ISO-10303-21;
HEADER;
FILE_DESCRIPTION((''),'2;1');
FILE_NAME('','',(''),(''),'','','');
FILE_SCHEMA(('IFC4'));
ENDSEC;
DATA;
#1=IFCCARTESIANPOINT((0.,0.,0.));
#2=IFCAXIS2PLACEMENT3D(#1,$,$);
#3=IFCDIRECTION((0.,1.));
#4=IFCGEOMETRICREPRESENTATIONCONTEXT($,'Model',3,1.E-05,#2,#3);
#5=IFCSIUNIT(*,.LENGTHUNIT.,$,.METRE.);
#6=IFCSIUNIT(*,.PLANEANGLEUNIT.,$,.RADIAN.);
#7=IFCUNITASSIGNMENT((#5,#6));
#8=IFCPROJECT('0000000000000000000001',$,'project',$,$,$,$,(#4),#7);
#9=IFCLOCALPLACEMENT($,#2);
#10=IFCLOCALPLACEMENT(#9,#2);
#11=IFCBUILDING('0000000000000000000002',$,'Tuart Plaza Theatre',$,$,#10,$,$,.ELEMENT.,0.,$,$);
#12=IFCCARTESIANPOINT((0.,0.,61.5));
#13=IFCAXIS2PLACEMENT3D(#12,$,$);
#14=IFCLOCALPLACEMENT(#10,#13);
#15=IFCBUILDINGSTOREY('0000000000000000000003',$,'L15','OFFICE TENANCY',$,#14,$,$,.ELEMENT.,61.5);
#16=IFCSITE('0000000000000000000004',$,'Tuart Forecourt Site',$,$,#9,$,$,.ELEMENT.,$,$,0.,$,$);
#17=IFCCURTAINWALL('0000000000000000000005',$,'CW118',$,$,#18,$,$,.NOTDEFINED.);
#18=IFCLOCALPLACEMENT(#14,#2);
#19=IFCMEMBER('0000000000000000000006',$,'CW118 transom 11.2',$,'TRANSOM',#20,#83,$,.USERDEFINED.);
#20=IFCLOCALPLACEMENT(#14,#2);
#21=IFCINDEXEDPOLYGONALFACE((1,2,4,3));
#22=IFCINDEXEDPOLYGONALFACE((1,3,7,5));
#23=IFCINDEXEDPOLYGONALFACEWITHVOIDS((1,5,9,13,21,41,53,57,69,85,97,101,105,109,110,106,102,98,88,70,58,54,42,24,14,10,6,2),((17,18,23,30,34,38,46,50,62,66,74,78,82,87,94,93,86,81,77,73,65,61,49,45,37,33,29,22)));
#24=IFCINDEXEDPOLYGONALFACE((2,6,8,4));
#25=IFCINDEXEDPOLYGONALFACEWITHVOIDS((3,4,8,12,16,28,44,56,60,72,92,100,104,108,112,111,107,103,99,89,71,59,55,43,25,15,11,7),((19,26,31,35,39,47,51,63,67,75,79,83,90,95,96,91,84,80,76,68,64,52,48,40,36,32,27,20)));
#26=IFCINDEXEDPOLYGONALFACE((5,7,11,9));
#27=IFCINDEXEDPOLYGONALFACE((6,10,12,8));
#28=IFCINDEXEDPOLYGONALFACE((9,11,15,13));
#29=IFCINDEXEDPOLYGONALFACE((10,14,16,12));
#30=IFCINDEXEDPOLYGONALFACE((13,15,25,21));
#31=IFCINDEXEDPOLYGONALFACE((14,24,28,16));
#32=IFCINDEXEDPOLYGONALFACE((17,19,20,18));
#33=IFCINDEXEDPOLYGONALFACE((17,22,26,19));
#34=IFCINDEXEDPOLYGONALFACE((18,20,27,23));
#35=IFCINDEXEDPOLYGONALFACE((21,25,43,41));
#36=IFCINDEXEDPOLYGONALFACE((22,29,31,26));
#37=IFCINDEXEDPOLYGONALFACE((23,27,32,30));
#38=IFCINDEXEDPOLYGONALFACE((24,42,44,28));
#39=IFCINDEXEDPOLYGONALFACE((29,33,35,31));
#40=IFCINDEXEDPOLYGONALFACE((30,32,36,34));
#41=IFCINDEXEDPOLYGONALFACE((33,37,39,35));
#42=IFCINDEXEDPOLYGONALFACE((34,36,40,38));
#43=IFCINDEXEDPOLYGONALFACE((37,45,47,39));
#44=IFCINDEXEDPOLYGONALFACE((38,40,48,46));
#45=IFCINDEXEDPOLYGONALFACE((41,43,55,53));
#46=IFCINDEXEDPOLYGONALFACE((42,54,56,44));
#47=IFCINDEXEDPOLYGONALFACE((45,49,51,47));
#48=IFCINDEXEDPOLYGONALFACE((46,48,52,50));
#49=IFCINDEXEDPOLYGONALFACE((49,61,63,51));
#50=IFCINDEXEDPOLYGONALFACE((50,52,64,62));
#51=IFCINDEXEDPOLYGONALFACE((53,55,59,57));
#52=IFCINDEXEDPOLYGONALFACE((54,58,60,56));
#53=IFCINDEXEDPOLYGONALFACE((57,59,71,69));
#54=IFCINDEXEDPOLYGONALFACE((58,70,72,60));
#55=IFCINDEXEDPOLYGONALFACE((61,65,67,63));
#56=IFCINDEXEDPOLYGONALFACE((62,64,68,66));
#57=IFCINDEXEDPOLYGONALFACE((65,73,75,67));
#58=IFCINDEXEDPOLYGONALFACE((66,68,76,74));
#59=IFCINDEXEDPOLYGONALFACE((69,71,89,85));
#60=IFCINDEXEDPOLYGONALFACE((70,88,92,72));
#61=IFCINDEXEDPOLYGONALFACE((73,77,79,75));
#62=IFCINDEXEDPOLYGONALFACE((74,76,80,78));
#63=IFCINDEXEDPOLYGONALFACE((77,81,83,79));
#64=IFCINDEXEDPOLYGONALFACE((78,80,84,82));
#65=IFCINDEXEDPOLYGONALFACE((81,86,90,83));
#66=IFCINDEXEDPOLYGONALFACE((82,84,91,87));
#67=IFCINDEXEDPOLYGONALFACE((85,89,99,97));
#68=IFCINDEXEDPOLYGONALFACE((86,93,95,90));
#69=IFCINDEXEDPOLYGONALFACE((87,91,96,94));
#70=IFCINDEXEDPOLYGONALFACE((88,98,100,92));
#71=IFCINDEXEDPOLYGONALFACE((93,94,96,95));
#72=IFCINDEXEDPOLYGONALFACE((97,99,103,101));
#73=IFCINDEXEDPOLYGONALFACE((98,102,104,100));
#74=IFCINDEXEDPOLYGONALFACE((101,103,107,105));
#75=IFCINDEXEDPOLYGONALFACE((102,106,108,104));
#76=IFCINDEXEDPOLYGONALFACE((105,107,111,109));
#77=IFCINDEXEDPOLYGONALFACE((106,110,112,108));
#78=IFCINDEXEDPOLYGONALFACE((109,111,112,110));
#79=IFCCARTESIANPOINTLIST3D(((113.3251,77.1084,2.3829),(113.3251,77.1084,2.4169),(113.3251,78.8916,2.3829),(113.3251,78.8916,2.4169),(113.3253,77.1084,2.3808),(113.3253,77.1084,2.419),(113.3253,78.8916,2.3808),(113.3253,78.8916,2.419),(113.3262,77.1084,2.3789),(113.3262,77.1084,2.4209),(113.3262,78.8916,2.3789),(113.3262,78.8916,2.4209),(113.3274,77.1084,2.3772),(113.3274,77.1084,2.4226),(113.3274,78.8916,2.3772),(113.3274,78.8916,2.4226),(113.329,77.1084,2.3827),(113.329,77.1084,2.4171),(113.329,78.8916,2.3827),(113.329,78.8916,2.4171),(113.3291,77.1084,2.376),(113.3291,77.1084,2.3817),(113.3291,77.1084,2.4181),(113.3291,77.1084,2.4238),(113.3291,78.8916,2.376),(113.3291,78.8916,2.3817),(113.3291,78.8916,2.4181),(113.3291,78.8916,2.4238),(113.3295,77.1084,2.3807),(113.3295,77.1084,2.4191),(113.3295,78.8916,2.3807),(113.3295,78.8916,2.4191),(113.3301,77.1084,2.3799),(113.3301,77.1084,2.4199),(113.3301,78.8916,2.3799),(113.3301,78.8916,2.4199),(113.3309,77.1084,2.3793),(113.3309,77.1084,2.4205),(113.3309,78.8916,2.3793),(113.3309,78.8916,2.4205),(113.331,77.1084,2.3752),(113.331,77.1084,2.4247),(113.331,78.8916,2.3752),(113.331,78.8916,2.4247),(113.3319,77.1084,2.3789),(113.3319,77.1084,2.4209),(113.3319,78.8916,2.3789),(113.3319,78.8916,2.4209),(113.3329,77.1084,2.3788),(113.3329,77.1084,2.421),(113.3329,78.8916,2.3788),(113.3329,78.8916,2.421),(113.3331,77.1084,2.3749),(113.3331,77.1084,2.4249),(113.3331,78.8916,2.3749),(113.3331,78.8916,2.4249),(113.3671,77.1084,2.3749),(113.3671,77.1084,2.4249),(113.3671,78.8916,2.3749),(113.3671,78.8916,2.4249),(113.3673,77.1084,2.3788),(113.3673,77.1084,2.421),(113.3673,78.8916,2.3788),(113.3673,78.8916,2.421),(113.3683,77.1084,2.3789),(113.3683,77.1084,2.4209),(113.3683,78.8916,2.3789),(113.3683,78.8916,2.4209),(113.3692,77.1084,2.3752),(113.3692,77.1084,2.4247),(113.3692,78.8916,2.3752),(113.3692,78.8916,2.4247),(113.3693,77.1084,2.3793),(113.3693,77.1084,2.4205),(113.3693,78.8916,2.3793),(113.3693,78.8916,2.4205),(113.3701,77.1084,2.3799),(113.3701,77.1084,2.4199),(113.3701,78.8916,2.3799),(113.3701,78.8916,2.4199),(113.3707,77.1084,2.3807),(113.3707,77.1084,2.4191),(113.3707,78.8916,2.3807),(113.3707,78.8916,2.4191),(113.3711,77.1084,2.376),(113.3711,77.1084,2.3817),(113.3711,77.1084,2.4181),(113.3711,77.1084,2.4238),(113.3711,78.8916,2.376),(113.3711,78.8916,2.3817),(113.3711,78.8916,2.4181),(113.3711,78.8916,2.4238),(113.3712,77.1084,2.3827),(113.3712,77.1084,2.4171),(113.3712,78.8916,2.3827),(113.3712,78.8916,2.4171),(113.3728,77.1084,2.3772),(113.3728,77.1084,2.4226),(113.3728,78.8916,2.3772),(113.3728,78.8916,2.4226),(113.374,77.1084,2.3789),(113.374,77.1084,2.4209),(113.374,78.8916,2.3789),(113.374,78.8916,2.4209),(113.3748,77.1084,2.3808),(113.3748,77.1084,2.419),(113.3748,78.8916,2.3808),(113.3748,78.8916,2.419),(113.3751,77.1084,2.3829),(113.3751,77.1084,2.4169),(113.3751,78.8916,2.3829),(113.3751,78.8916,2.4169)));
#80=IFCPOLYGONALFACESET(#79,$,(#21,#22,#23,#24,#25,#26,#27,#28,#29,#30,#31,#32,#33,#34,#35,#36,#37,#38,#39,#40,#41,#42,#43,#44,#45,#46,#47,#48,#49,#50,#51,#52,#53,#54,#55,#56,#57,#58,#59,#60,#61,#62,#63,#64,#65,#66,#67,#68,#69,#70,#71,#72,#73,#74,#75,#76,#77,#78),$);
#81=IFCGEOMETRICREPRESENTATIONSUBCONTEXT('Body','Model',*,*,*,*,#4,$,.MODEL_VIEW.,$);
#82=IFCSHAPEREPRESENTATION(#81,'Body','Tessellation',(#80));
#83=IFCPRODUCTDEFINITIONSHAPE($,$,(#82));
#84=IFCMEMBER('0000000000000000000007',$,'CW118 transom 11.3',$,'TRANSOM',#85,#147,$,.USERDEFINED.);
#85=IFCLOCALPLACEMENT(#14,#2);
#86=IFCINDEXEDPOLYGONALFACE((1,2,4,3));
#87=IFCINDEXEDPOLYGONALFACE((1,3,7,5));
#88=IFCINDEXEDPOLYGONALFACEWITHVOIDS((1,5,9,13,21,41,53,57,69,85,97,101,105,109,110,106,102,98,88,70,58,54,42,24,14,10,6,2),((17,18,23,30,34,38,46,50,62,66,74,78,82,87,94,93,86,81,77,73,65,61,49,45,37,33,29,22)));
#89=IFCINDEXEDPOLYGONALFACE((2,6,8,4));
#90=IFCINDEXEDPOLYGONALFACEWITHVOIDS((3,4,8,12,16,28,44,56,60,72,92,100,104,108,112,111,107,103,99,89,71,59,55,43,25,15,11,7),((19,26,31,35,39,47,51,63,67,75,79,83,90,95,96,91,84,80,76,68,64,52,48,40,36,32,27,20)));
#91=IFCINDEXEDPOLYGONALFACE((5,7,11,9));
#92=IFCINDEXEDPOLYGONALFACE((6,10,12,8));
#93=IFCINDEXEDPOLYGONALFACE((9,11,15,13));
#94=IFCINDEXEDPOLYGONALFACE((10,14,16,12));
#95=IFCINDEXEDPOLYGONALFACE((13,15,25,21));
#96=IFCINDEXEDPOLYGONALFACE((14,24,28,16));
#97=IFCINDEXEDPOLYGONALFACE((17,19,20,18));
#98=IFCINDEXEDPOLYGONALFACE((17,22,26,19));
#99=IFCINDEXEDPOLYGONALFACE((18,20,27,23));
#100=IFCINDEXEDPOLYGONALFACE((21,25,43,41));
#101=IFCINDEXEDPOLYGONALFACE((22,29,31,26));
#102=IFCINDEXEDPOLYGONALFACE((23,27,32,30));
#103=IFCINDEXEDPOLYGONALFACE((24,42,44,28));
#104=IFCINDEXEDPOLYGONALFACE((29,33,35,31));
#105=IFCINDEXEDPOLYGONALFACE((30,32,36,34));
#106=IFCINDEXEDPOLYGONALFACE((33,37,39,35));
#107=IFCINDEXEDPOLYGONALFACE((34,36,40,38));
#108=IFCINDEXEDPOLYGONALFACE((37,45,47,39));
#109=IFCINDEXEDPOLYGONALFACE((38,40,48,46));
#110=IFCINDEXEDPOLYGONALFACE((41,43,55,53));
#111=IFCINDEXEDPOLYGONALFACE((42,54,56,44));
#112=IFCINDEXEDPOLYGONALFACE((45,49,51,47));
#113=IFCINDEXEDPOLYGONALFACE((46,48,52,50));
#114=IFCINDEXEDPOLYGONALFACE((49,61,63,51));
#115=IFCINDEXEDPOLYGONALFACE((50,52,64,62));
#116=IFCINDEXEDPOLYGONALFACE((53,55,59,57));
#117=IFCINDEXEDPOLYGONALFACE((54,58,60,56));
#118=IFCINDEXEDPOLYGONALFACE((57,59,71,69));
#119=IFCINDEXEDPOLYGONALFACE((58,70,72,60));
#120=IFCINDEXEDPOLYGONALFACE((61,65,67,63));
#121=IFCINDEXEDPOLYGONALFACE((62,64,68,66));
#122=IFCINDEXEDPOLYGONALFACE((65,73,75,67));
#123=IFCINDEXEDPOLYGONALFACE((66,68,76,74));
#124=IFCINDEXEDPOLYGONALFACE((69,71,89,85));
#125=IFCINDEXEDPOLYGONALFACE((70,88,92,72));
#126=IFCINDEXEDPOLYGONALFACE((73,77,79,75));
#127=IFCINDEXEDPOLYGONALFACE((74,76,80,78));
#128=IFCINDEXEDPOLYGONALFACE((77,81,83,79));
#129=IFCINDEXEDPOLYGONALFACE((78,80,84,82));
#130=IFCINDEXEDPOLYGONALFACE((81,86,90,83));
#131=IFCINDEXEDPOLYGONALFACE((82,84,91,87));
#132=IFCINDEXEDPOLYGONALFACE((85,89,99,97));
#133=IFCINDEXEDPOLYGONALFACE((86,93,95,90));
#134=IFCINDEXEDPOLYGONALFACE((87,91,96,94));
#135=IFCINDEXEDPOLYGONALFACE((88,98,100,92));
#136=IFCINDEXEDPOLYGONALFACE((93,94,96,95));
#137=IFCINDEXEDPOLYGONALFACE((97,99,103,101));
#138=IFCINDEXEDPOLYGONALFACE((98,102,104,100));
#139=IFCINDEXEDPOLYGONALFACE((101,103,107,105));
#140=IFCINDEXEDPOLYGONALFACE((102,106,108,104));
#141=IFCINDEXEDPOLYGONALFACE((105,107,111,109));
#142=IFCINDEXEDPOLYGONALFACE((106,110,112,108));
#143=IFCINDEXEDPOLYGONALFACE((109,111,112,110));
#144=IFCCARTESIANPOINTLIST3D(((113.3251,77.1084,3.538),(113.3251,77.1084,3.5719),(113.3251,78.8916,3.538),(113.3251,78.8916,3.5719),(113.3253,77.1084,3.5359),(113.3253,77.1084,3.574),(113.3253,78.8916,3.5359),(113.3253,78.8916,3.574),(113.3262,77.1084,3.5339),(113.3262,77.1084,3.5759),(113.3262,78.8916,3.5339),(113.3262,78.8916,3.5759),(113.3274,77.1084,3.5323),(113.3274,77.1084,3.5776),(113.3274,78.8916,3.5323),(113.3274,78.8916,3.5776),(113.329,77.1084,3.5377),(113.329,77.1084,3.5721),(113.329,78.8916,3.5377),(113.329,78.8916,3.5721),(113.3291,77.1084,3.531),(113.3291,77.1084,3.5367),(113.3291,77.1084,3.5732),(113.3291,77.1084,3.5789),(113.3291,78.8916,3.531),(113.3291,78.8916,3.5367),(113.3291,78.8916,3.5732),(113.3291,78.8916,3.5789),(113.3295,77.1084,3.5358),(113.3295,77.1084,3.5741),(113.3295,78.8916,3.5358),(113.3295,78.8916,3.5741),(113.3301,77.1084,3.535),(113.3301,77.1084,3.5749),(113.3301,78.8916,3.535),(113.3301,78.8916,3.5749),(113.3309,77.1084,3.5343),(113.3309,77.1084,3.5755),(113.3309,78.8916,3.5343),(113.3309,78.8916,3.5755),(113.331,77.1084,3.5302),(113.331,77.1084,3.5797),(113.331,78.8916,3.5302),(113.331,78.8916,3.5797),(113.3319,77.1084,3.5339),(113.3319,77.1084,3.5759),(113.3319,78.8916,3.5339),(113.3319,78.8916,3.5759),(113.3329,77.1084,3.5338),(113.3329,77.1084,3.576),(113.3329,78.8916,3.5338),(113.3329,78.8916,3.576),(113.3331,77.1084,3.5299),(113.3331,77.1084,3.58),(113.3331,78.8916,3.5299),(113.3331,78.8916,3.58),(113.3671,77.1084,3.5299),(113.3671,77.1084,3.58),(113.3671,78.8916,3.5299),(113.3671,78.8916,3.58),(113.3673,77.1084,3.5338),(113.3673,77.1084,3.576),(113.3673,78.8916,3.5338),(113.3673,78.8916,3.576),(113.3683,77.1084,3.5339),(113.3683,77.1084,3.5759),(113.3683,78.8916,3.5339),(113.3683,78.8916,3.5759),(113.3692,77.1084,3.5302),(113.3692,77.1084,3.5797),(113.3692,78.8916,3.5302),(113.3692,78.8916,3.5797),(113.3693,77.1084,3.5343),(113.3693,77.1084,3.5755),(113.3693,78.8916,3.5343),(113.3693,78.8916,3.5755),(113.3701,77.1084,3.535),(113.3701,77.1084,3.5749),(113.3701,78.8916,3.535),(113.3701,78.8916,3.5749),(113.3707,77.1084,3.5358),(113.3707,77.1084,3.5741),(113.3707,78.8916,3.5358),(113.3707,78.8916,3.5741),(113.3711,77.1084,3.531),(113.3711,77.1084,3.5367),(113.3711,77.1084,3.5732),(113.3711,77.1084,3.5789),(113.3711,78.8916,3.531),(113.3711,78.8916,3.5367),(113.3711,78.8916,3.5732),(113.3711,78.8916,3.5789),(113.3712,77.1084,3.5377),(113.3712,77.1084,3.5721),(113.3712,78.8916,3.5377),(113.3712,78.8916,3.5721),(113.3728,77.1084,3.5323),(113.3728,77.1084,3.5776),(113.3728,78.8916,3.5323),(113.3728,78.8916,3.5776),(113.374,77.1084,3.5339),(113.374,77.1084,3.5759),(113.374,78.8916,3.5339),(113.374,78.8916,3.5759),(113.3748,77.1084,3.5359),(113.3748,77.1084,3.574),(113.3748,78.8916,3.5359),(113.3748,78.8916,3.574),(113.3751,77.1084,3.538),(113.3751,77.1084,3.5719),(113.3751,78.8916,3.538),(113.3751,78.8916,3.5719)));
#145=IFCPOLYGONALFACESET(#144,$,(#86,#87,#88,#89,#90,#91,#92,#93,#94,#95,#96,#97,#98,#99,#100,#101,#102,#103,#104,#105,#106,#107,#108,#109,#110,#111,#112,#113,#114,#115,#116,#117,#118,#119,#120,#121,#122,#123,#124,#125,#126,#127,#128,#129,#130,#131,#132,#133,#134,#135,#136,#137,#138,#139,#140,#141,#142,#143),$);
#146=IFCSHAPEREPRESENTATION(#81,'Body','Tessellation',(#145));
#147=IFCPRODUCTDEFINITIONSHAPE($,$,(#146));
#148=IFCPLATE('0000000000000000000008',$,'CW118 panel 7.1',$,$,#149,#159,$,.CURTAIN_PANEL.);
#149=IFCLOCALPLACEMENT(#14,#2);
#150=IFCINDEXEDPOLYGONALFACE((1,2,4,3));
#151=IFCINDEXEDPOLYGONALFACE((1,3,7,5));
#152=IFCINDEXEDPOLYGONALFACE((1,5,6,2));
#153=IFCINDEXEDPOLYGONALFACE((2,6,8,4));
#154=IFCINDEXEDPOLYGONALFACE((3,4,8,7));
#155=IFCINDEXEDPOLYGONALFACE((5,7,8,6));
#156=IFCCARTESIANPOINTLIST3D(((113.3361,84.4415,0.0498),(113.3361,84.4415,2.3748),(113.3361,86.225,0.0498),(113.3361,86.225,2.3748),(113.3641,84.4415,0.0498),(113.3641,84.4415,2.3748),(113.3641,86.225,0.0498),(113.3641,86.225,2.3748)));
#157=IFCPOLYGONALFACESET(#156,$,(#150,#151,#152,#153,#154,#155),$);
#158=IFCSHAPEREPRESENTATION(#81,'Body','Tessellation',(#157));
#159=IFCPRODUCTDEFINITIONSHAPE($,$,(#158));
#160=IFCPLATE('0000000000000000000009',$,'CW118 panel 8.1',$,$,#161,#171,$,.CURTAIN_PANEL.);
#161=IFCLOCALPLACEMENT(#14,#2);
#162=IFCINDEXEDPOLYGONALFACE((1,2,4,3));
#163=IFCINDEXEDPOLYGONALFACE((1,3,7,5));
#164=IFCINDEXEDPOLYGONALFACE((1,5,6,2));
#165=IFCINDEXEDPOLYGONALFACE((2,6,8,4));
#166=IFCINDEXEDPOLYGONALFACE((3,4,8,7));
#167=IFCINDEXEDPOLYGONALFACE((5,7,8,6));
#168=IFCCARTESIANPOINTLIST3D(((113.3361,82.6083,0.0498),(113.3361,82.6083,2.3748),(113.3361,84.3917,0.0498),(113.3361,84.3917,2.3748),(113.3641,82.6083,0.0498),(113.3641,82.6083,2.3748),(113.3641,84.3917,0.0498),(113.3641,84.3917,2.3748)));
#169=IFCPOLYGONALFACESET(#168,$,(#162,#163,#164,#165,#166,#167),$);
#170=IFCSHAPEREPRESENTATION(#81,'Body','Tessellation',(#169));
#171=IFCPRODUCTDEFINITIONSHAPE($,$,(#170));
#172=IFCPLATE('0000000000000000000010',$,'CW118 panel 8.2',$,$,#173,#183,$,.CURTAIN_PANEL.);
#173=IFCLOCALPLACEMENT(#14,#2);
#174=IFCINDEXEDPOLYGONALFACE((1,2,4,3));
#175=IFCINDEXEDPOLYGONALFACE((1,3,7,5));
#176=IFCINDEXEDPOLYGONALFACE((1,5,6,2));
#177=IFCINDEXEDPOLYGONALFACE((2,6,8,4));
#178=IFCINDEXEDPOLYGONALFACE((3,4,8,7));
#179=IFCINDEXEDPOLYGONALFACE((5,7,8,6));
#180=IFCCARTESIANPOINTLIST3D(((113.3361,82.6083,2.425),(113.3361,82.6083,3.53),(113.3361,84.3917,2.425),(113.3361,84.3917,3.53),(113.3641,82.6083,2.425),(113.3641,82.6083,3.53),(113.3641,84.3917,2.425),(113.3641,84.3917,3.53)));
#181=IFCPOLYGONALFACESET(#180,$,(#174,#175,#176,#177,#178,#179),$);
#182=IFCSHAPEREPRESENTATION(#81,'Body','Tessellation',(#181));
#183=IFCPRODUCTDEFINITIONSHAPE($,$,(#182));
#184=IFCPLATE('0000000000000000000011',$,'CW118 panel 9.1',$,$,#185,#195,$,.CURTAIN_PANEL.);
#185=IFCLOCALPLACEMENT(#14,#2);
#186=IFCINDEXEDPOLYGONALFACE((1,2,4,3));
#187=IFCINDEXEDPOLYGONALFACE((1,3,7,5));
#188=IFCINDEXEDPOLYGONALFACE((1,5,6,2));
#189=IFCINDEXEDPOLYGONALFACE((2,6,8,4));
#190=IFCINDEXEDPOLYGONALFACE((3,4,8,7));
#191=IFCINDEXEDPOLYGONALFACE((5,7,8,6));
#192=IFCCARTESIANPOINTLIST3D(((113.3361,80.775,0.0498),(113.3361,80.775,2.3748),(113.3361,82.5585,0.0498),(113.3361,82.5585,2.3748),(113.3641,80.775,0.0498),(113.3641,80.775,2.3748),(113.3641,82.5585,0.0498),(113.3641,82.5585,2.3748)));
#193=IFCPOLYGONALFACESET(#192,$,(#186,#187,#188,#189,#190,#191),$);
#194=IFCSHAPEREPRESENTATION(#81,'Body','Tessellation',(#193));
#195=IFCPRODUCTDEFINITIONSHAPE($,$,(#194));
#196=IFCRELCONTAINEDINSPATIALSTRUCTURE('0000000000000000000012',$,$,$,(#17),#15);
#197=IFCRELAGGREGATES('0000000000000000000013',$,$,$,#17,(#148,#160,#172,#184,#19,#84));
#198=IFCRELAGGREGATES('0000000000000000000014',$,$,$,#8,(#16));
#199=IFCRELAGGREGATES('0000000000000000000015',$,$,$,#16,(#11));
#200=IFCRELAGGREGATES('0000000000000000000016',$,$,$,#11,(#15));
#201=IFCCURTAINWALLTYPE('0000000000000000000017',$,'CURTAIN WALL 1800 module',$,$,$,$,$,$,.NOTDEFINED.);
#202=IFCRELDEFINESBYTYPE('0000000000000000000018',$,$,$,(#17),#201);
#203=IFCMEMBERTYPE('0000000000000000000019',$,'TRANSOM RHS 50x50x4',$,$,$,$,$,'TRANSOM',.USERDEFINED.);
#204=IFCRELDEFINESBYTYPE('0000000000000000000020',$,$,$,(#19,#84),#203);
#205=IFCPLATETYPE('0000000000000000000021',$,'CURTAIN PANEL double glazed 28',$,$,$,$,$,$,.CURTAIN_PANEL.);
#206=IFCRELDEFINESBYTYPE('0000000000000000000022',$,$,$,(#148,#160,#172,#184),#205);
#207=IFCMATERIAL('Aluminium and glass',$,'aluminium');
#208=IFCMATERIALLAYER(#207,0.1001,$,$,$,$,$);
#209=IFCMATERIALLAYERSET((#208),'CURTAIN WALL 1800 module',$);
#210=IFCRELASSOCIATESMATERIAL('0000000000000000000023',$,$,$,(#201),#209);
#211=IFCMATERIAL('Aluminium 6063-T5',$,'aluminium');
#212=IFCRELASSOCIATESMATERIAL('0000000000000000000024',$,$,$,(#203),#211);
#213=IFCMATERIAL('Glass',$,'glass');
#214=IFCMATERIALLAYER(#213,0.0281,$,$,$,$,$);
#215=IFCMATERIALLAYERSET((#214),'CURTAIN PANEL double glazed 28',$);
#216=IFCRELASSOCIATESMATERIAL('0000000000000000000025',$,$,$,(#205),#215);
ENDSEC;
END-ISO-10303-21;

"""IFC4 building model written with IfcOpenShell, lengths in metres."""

from ifc_helpers import new_model, si_unit, direction, frame, origin, origin_2d, place, context, subcontext, project, spatial, rectangle, hollow_rectangle, extrude, material, layer, layer_set, material_profile, profile_set, type_object, element, aggregate, save


model = new_model("IFC4")

# Units and contexts
model_context = context("Model", 3, precision=1e-05, world=origin(), true_north=direction((0.0, 1.0)))
body_context = subcontext(model_context, "Body", "Model", "MODEL_VIEW")
ifc_project = project(units=[si_unit("LENGTHUNIT", "METRE"), si_unit("PLANEANGLEUNIT", "RADIAN")], contexts=[model_context])

# Site, building, storey
site_placement = place(None, origin())
site = spatial("IfcSite", under=ifc_project, at=site_placement, Name="Tuart Forecourt Site", CompositionType="ELEMENT", RefElevation=0.0)
building_placement = place(site_placement, origin())
building = spatial("IfcBuilding", under=site, at=building_placement, Name="Tuart Plaza Theatre", CompositionType="ELEMENT", ElevationOfRefHeight=0.0)
storey_placement = place(building_placement, frame((0.0, 0.0, 61.5)))
storey = spatial("IfcBuildingStorey", under=building, at=storey_placement, Name="L15", Description="OFFICE TENANCY", CompositionType="ELEMENT", Elevation=61.5)

# Curtain wall, members, plates
ifc_material_1 = material(Name="Aluminium and glass", Category="aluminium")
ifc_layer_1 = layer(ifc_material_1, 0.1001)
ifc_layer_set_1 = layer_set([ifc_layer_1], Name="CURTAIN WALL 1800 module")
curtain_wall_type = type_object("IfcCurtainWallType", Name="CURTAIN WALL 1800 module", PredefinedType="NOTDEFINED", material=ifc_layer_set_1)
curtain_wall_placement = place(storey_placement, origin())
curtain_wall = element("IfcCurtainWall", 1, at=curtain_wall_placement, inside=storey, type_object=curtain_wall_type, Name="CW118", PredefinedType="NOTDEFINED")
ifc_material_2 = material(Name="Aluminium 6063-T5", Category="aluminium")
ifc_material_profile = material_profile(ifc_material_2, hollow_rectangle(XDim=0.05, YDim=0.05, WallThickness=0.0039, InnerFilletRadius=0.0039, OuterFilletRadius=0.0081, at=origin_2d()), Name="RHS 50x50x4")
ifc_profile_set = profile_set([ifc_material_profile], Name="Aluminium 6063-T5")
member_type = type_object("IfcMemberType", Name="TRANSOM RHS 50x50x4", ElementType="TRANSOM", PredefinedType="USERDEFINED", material=ifc_profile_set)
member_1_placement = place(storey_placement, frame((113.3501, 78.8916, 2.3999), z_axis=(0.0, -1.0, 0.0), x_axis=(1.0, 0.0, 0.0)))
member_1 = element("IfcMember", 2, at=member_1_placement, type_object=member_type, Name="CW118 transom 11.2", ObjectType="TRANSOM", PredefinedType="USERDEFINED", context=body_context, shape_type="SweptSolid", body=[
    extrude(hollow_rectangle(XDim=0.05, YDim=0.05, WallThickness=0.0039, InnerFilletRadius=0.0039, OuterFilletRadius=0.0081, at=origin_2d()), origin(), (0.0, 0.0, 1.0), 1.7832),
])
member_2_placement = place(storey_placement, frame((113.3501, 78.8916, 3.5549), z_axis=(0.0, -1.0, 0.0), x_axis=(1.0, 0.0, 0.0)))
member_2 = element("IfcMember", 3, at=member_2_placement, type_object=member_type, Name="CW118 transom 11.3", ObjectType="TRANSOM", PredefinedType="USERDEFINED", context=body_context, shape_type="SweptSolid", body=[
    extrude(hollow_rectangle(XDim=0.05, YDim=0.05, WallThickness=0.0039, InnerFilletRadius=0.0039, OuterFilletRadius=0.0081, at=origin_2d()), origin(), (0.0, 0.0, 1.0), 1.7832),
])
ifc_material_3 = material(Name="Glass", Category="glass")
ifc_layer_2 = layer(ifc_material_3, 0.0281)
ifc_layer_set_2 = layer_set([ifc_layer_2], Name="CURTAIN PANEL double glazed 28")
plate_type = type_object("IfcPlateType", Name="CURTAIN PANEL double glazed 28", PredefinedType="CURTAIN_PANEL", material=ifc_layer_set_2)
plate_1_placement = place(storey_placement, frame((113.3501, 85.3333, 0.0498), z_axis=(0.0, 0.0, 1.0), x_axis=(0.0, -1.0, 0.0)))
plate_1 = element("IfcPlate", 4, at=plate_1_placement, type_object=plate_type, Name="CW118 panel 7.1", PredefinedType="CURTAIN_PANEL", context=body_context, shape_type="SweptSolid", body=[
    extrude(rectangle(XDim=1.7834, YDim=0.0281, at=origin_2d()), origin(), (0.0, 0.0, 1.0), 2.325),
])
plate_2_placement = place(storey_placement, frame((113.3501, 83.5, 0.0498), z_axis=(0.0, 0.0, 1.0), x_axis=(0.0, -1.0, 0.0)))
plate_2 = element("IfcPlate", 5, at=plate_2_placement, type_object=plate_type, Name="CW118 panel 8.1", PredefinedType="CURTAIN_PANEL", context=body_context, shape_type="SweptSolid", body=[
    extrude(rectangle(XDim=1.7834, YDim=0.0281, at=origin_2d()), origin(), (0.0, 0.0, 1.0), 2.325),
])
plate_3_placement = place(storey_placement, frame((113.3501, 83.5, 2.425), z_axis=(0.0, 0.0, 1.0), x_axis=(0.0, -1.0, 0.0)))
plate_3 = element("IfcPlate", 6, at=plate_3_placement, type_object=plate_type, Name="CW118 panel 8.2", PredefinedType="CURTAIN_PANEL", context=body_context, shape_type="SweptSolid", body=[
    extrude(rectangle(XDim=1.7834, YDim=0.0281, at=origin_2d()), origin(), (0.0, 0.0, 1.0), 1.105),
])
plate_4_placement = place(storey_placement, frame((113.3501, 81.6667, 0.0498), z_axis=(0.0, 0.0, 1.0), x_axis=(0.0, -1.0, 0.0)))
plate_4 = element("IfcPlate", 7, at=plate_4_placement, type_object=plate_type, Name="CW118 panel 9.1", PredefinedType="CURTAIN_PANEL", context=body_context, shape_type="SweptSolid", body=[
    extrude(rectangle(XDim=1.7834, YDim=0.0281, at=origin_2d()), origin(), (0.0, 0.0, 1.0), 2.325),
])
aggregate(curtain_wall, [plate_1, plate_2, plate_3, plate_4, member_1, member_2])

save(model, "model.ifc")
